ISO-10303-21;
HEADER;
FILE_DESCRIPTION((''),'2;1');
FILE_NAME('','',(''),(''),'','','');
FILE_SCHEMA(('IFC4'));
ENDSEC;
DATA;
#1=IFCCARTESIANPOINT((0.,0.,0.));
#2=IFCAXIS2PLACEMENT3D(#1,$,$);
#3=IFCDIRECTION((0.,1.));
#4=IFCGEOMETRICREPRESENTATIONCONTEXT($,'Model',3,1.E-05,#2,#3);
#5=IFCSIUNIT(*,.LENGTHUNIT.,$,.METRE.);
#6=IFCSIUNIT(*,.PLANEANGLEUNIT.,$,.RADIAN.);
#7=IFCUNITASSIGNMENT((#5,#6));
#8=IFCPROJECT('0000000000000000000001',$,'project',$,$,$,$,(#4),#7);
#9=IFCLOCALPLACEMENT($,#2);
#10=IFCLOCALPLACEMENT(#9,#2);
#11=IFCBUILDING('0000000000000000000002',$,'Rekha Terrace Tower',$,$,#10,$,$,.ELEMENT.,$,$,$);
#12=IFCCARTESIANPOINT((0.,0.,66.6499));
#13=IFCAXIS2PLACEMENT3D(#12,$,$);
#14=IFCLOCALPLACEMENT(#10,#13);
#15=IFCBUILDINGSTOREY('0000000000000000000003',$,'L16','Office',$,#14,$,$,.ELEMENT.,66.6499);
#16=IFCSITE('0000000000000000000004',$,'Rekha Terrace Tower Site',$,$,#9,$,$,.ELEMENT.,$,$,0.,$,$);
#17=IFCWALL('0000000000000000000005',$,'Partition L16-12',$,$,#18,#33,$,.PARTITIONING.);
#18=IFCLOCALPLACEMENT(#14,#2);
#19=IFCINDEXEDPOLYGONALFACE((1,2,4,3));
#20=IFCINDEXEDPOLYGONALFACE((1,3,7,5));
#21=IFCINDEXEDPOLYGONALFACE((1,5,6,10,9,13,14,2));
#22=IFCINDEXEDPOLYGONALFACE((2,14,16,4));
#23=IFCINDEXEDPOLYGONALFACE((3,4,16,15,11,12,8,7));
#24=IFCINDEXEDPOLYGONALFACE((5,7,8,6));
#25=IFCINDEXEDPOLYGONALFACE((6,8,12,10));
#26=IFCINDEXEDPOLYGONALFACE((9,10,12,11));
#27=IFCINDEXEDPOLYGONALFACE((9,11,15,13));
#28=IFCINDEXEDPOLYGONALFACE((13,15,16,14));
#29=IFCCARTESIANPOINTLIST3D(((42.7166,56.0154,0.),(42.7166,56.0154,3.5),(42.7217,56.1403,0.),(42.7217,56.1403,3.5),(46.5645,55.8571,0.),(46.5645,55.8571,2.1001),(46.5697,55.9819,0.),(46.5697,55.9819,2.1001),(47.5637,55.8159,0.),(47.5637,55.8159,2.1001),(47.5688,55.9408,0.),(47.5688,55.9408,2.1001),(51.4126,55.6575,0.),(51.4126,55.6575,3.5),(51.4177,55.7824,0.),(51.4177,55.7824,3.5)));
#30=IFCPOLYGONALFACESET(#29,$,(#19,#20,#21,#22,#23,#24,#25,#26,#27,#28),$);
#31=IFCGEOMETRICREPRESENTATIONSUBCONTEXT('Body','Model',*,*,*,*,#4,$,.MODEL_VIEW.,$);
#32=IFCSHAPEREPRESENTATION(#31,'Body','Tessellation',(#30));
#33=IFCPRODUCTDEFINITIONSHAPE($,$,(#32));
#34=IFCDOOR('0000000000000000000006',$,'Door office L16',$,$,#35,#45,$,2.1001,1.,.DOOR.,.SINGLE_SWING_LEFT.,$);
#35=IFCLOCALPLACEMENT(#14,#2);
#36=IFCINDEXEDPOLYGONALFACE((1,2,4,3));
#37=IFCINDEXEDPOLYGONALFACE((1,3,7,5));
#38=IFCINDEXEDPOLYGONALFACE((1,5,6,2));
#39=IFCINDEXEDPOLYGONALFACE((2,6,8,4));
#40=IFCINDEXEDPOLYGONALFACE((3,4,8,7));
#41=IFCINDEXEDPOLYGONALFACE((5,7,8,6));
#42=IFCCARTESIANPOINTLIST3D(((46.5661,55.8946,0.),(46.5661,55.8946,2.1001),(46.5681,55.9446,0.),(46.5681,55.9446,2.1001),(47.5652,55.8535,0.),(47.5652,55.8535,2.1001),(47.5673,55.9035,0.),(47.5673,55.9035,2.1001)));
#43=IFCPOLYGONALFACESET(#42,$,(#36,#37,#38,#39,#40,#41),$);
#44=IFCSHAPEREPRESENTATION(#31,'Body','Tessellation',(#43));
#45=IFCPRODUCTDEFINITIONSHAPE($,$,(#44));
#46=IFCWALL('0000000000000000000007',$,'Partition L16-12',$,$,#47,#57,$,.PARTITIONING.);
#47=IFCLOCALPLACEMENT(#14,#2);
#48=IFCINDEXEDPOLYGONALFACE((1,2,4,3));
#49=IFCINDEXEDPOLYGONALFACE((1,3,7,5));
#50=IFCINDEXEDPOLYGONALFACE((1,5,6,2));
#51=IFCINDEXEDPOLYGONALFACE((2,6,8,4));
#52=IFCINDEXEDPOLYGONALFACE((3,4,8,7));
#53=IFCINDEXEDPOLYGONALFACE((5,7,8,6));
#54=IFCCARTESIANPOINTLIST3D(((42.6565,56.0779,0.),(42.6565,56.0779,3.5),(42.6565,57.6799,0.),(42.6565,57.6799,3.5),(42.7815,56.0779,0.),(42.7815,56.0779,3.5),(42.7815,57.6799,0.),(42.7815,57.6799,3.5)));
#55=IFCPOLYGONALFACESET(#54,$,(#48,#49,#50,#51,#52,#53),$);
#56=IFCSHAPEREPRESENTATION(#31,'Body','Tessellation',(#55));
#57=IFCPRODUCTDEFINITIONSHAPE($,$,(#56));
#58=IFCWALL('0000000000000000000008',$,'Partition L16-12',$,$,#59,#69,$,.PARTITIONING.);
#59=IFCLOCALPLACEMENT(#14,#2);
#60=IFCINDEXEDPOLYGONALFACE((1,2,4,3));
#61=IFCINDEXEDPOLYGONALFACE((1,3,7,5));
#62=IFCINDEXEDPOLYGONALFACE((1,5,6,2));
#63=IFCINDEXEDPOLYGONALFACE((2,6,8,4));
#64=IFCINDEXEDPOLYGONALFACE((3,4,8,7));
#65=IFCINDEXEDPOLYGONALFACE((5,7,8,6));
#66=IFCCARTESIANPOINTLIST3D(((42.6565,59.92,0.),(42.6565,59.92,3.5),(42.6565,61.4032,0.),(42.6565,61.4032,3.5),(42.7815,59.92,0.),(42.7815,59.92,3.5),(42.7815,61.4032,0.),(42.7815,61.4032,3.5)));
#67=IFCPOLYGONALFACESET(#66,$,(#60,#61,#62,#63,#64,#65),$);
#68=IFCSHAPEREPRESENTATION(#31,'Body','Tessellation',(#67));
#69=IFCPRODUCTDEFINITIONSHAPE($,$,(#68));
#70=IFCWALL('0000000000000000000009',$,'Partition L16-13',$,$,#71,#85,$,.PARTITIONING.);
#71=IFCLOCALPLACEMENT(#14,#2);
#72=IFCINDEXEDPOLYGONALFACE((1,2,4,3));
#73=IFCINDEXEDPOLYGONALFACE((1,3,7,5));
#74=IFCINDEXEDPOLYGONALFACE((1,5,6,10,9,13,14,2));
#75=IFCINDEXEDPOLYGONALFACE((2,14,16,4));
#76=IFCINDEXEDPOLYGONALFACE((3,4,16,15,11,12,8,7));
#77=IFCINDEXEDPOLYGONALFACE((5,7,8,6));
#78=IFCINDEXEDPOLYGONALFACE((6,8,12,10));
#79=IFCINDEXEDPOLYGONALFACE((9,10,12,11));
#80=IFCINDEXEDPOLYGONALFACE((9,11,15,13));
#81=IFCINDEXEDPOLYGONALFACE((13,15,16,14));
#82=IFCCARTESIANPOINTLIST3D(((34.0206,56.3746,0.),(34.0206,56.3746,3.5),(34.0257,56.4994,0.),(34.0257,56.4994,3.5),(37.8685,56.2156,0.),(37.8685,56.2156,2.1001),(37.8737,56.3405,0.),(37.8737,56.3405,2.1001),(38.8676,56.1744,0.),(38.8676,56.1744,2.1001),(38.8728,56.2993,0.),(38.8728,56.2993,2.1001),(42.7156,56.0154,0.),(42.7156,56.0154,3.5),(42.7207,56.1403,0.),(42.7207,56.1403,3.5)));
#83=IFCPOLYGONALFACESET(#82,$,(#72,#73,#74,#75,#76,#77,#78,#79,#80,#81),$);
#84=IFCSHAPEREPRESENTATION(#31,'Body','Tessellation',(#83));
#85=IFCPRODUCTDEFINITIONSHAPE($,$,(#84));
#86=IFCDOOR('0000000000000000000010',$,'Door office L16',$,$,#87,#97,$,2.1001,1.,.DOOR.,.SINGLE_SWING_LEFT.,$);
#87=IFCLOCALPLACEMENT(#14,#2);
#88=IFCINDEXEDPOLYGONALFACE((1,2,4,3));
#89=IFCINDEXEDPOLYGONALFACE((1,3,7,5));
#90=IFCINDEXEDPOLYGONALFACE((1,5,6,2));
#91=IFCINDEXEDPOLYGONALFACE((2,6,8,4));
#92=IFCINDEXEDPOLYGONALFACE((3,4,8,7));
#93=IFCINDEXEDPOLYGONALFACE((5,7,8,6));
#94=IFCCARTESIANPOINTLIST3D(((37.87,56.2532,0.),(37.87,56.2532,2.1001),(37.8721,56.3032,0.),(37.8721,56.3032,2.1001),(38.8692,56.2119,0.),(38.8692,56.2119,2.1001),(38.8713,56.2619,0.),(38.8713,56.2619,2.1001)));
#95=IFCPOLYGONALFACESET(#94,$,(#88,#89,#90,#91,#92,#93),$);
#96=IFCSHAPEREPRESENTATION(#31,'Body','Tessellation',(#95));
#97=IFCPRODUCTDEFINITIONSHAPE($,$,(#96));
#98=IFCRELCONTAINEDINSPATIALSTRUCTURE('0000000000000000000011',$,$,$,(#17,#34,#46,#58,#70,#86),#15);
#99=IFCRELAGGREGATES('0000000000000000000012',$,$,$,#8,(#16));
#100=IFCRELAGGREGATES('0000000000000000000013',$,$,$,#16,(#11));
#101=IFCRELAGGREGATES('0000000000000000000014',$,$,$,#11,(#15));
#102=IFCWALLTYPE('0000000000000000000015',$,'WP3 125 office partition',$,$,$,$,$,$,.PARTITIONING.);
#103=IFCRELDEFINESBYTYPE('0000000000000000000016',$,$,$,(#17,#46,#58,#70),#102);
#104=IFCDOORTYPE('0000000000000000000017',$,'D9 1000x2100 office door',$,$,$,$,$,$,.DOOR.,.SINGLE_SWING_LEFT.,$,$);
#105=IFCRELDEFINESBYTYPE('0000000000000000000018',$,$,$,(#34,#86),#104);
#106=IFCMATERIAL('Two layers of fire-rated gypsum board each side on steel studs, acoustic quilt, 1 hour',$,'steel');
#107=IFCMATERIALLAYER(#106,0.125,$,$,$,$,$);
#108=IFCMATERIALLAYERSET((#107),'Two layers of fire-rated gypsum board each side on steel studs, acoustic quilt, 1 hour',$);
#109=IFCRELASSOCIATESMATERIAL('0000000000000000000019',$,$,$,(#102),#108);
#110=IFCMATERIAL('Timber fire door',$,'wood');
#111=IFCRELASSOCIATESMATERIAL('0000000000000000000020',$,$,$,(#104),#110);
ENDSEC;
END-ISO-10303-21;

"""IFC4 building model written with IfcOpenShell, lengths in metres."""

from ifc_helpers import new_model, si_unit, direction, frame, frame_2d, origin, place, context, subcontext, project, spatial, rectangle, extrude, material, layer, layer_set, type_object, element, fill, save


model = new_model("IFC4")

# Units and contexts
model_context = context("Model", 3, precision=1e-05, world=origin(), true_north=direction((0.0, 1.0)))
body_context = subcontext(model_context, "Body", "Model", "MODEL_VIEW")
ifc_project = project(units=[si_unit("LENGTHUNIT", "METRE"), si_unit("PLANEANGLEUNIT", "RADIAN")], contexts=[model_context])

# Site, building, storey
site_placement = place(None, origin())
site = spatial("IfcSite", under=ifc_project, at=site_placement, Name="Rekha Terrace Tower Site", CompositionType="ELEMENT", RefElevation=0.0)
building_placement = place(site_placement, origin())
building = spatial("IfcBuilding", under=site, at=building_placement, Name="Rekha Terrace Tower", CompositionType="ELEMENT")
storey_placement = place(building_placement, frame((0.0, 0.0, 66.6499)))
storey = spatial("IfcBuildingStorey", under=building, at=storey_placement, Name="L16", Description="Office", CompositionType="ELEMENT", Elevation=66.6499)

# Wall, opening, door
ifc_material_1 = material(Name="Two layers of fire-rated gypsum board each side on steel studs, acoustic quilt, 1 hour", Category="steel")
ifc_layer_1 = layer(ifc_material_1, 0.125)
ifc_layer_set_1 = layer_set([ifc_layer_1], Name="Two layers of fire-rated gypsum board each side on steel studs, acoustic quilt, 1 hour")
wall_type_1 = type_object("IfcWallType", Name="WP3 125 office partition", PredefinedType="PARTITIONING", material=ifc_layer_set_1)
wall_1_placement = place(storey_placement, frame((51.415, 55.72, 0.0), z_axis=(0.0, 0.0, 1.0), x_axis=(-0.999154, 0.041123, 0.0)))
wall_1 = element("IfcWall", 1, at=wall_1_placement, inside=storey, type_object=wall_type_1, Name="Partition L16-12", PredefinedType="PARTITIONING", context=body_context, shape_type="SweptSolid", body=[
    extrude(rectangle(XDim=8.7034, YDim=0.125, at=frame_2d((4.3516, 0.0))), origin(), (0.0, 0.0, 1.0), 3.5),
])
opening_1_placement = place(wall_1_placement, frame((3.8521, 0.0, 0.0)))
opening_1 = element("IfcOpeningElement", 2, at=opening_1_placement, cuts=wall_1, PredefinedType="OPENING", context=body_context, shape_type="SweptSolid", body=[
    extrude(rectangle(XDim=1.0, YDim=2.1001, at=frame_2d((0.5, 1.05))), frame((0.0, 0.0725, 0.0), z_axis=(0.0, -1.0, 0.0), x_axis=(1.0, 0.0, 0.0)), (0.0, 0.0, 1.0), 0.145),
])
ifc_material_2 = material(Name="Timber fire door", Category="wood")
door_type = type_object("IfcDoorType", Name="D9 1000x2100 office door", OperationType="SINGLE_SWING_LEFT", PredefinedType="DOOR", material=ifc_material_2)
door_1_placement = place(opening_1_placement, origin())
door_1 = element("IfcDoor", 3, at=door_1_placement, inside=storey, type_object=door_type, Name="Door office L16", OperationType="SINGLE_SWING_LEFT", OverallHeight=2.1001, OverallWidth=1.0, PredefinedType="DOOR", context=body_context, shape_type="SweptSolid", body=[
    extrude(rectangle(XDim=1.0, YDim=2.1001, at=frame_2d((0.5, 1.05))), frame((0.0, 0.0249, 0.0), z_axis=(0.0, -1.0, 0.0), x_axis=(1.0, 0.0, 0.0)), (0.0, 0.0, 1.0), 0.05),
])
fill(opening_1, door_1)

# Walls
wall_2_placement = place(storey_placement, frame((42.719, 56.0779, 0.0), z_axis=(0.0, 0.0, 1.0), x_axis=(0.0, 1.0, 0.0)))
element("IfcWall", 4, at=wall_2_placement, inside=storey, type_object=wall_type_1, Name="Partition L16-12", PredefinedType="PARTITIONING", context=body_context, shape_type="SweptSolid", body=[
    extrude(rectangle(XDim=1.6021, YDim=0.125, at=frame_2d((0.801, 0.0))), origin(), (0.0, 0.0, 1.0), 3.5),
])
wall_3_placement = place(storey_placement, frame((42.719, 59.9199, 0.0), z_axis=(0.0, 0.0, 1.0), x_axis=(0.0, 1.0, 0.0)))
element("IfcWall", 5, at=wall_3_placement, inside=storey, type_object=wall_type_1, Name="Partition L16-12", PredefinedType="PARTITIONING", context=body_context, shape_type="SweptSolid", body=[
    extrude(rectangle(XDim=1.4832, YDim=0.125, at=frame_2d((0.7417, 0.0))), origin(), (0.0, 0.0, 1.0), 3.5),
])

# Wall, opening, door
wall_4_placement = place(storey_placement, frame((42.718, 56.0779, 0.0), z_axis=(0.0, 0.0, 1.0), x_axis=(-0.999148, 0.041268, 0.0)))
wall_4 = element("IfcWall", 6, at=wall_4_placement, inside=storey, type_object=wall_type_1, Name="Partition L16-13", PredefinedType="PARTITIONING", context=body_context, shape_type="SweptSolid", body=[
    extrude(rectangle(XDim=8.7024, YDim=0.125, at=frame_2d((4.3511, 0.0))), origin(), (0.0, 0.0, 1.0), 3.5),
])
opening_2_placement = place(wall_4_placement, frame((3.8511, 0.0, 0.0)))
opening_2 = element("IfcOpeningElement", 7, at=opening_2_placement, cuts=wall_4, PredefinedType="OPENING", context=body_context, shape_type="SweptSolid", body=[
    extrude(rectangle(XDim=1.0, YDim=2.1001, at=frame_2d((0.5, 1.05))), frame((0.0, 0.0725, 0.0), z_axis=(0.0, -1.0, 0.0), x_axis=(1.0, 0.0, 0.0)), (0.0, 0.0, 1.0), 0.145),
])
door_2_placement = place(opening_2_placement, origin())
door_2 = element("IfcDoor", 8, at=door_2_placement, inside=storey, type_object=door_type, Name="Door office L16", OperationType="SINGLE_SWING_LEFT", OverallHeight=2.1001, OverallWidth=1.0, PredefinedType="DOOR", context=body_context, shape_type="SweptSolid", body=[
    extrude(rectangle(XDim=1.0, YDim=2.1001, at=frame_2d((0.5, 1.05))), frame((0.0, 0.0249, 0.0), z_axis=(0.0, -1.0, 0.0), x_axis=(1.0, 0.0, 0.0)), (0.0, 0.0, 1.0), 0.05),
])
fill(opening_2, door_2)

save(model, "model.ifc")
